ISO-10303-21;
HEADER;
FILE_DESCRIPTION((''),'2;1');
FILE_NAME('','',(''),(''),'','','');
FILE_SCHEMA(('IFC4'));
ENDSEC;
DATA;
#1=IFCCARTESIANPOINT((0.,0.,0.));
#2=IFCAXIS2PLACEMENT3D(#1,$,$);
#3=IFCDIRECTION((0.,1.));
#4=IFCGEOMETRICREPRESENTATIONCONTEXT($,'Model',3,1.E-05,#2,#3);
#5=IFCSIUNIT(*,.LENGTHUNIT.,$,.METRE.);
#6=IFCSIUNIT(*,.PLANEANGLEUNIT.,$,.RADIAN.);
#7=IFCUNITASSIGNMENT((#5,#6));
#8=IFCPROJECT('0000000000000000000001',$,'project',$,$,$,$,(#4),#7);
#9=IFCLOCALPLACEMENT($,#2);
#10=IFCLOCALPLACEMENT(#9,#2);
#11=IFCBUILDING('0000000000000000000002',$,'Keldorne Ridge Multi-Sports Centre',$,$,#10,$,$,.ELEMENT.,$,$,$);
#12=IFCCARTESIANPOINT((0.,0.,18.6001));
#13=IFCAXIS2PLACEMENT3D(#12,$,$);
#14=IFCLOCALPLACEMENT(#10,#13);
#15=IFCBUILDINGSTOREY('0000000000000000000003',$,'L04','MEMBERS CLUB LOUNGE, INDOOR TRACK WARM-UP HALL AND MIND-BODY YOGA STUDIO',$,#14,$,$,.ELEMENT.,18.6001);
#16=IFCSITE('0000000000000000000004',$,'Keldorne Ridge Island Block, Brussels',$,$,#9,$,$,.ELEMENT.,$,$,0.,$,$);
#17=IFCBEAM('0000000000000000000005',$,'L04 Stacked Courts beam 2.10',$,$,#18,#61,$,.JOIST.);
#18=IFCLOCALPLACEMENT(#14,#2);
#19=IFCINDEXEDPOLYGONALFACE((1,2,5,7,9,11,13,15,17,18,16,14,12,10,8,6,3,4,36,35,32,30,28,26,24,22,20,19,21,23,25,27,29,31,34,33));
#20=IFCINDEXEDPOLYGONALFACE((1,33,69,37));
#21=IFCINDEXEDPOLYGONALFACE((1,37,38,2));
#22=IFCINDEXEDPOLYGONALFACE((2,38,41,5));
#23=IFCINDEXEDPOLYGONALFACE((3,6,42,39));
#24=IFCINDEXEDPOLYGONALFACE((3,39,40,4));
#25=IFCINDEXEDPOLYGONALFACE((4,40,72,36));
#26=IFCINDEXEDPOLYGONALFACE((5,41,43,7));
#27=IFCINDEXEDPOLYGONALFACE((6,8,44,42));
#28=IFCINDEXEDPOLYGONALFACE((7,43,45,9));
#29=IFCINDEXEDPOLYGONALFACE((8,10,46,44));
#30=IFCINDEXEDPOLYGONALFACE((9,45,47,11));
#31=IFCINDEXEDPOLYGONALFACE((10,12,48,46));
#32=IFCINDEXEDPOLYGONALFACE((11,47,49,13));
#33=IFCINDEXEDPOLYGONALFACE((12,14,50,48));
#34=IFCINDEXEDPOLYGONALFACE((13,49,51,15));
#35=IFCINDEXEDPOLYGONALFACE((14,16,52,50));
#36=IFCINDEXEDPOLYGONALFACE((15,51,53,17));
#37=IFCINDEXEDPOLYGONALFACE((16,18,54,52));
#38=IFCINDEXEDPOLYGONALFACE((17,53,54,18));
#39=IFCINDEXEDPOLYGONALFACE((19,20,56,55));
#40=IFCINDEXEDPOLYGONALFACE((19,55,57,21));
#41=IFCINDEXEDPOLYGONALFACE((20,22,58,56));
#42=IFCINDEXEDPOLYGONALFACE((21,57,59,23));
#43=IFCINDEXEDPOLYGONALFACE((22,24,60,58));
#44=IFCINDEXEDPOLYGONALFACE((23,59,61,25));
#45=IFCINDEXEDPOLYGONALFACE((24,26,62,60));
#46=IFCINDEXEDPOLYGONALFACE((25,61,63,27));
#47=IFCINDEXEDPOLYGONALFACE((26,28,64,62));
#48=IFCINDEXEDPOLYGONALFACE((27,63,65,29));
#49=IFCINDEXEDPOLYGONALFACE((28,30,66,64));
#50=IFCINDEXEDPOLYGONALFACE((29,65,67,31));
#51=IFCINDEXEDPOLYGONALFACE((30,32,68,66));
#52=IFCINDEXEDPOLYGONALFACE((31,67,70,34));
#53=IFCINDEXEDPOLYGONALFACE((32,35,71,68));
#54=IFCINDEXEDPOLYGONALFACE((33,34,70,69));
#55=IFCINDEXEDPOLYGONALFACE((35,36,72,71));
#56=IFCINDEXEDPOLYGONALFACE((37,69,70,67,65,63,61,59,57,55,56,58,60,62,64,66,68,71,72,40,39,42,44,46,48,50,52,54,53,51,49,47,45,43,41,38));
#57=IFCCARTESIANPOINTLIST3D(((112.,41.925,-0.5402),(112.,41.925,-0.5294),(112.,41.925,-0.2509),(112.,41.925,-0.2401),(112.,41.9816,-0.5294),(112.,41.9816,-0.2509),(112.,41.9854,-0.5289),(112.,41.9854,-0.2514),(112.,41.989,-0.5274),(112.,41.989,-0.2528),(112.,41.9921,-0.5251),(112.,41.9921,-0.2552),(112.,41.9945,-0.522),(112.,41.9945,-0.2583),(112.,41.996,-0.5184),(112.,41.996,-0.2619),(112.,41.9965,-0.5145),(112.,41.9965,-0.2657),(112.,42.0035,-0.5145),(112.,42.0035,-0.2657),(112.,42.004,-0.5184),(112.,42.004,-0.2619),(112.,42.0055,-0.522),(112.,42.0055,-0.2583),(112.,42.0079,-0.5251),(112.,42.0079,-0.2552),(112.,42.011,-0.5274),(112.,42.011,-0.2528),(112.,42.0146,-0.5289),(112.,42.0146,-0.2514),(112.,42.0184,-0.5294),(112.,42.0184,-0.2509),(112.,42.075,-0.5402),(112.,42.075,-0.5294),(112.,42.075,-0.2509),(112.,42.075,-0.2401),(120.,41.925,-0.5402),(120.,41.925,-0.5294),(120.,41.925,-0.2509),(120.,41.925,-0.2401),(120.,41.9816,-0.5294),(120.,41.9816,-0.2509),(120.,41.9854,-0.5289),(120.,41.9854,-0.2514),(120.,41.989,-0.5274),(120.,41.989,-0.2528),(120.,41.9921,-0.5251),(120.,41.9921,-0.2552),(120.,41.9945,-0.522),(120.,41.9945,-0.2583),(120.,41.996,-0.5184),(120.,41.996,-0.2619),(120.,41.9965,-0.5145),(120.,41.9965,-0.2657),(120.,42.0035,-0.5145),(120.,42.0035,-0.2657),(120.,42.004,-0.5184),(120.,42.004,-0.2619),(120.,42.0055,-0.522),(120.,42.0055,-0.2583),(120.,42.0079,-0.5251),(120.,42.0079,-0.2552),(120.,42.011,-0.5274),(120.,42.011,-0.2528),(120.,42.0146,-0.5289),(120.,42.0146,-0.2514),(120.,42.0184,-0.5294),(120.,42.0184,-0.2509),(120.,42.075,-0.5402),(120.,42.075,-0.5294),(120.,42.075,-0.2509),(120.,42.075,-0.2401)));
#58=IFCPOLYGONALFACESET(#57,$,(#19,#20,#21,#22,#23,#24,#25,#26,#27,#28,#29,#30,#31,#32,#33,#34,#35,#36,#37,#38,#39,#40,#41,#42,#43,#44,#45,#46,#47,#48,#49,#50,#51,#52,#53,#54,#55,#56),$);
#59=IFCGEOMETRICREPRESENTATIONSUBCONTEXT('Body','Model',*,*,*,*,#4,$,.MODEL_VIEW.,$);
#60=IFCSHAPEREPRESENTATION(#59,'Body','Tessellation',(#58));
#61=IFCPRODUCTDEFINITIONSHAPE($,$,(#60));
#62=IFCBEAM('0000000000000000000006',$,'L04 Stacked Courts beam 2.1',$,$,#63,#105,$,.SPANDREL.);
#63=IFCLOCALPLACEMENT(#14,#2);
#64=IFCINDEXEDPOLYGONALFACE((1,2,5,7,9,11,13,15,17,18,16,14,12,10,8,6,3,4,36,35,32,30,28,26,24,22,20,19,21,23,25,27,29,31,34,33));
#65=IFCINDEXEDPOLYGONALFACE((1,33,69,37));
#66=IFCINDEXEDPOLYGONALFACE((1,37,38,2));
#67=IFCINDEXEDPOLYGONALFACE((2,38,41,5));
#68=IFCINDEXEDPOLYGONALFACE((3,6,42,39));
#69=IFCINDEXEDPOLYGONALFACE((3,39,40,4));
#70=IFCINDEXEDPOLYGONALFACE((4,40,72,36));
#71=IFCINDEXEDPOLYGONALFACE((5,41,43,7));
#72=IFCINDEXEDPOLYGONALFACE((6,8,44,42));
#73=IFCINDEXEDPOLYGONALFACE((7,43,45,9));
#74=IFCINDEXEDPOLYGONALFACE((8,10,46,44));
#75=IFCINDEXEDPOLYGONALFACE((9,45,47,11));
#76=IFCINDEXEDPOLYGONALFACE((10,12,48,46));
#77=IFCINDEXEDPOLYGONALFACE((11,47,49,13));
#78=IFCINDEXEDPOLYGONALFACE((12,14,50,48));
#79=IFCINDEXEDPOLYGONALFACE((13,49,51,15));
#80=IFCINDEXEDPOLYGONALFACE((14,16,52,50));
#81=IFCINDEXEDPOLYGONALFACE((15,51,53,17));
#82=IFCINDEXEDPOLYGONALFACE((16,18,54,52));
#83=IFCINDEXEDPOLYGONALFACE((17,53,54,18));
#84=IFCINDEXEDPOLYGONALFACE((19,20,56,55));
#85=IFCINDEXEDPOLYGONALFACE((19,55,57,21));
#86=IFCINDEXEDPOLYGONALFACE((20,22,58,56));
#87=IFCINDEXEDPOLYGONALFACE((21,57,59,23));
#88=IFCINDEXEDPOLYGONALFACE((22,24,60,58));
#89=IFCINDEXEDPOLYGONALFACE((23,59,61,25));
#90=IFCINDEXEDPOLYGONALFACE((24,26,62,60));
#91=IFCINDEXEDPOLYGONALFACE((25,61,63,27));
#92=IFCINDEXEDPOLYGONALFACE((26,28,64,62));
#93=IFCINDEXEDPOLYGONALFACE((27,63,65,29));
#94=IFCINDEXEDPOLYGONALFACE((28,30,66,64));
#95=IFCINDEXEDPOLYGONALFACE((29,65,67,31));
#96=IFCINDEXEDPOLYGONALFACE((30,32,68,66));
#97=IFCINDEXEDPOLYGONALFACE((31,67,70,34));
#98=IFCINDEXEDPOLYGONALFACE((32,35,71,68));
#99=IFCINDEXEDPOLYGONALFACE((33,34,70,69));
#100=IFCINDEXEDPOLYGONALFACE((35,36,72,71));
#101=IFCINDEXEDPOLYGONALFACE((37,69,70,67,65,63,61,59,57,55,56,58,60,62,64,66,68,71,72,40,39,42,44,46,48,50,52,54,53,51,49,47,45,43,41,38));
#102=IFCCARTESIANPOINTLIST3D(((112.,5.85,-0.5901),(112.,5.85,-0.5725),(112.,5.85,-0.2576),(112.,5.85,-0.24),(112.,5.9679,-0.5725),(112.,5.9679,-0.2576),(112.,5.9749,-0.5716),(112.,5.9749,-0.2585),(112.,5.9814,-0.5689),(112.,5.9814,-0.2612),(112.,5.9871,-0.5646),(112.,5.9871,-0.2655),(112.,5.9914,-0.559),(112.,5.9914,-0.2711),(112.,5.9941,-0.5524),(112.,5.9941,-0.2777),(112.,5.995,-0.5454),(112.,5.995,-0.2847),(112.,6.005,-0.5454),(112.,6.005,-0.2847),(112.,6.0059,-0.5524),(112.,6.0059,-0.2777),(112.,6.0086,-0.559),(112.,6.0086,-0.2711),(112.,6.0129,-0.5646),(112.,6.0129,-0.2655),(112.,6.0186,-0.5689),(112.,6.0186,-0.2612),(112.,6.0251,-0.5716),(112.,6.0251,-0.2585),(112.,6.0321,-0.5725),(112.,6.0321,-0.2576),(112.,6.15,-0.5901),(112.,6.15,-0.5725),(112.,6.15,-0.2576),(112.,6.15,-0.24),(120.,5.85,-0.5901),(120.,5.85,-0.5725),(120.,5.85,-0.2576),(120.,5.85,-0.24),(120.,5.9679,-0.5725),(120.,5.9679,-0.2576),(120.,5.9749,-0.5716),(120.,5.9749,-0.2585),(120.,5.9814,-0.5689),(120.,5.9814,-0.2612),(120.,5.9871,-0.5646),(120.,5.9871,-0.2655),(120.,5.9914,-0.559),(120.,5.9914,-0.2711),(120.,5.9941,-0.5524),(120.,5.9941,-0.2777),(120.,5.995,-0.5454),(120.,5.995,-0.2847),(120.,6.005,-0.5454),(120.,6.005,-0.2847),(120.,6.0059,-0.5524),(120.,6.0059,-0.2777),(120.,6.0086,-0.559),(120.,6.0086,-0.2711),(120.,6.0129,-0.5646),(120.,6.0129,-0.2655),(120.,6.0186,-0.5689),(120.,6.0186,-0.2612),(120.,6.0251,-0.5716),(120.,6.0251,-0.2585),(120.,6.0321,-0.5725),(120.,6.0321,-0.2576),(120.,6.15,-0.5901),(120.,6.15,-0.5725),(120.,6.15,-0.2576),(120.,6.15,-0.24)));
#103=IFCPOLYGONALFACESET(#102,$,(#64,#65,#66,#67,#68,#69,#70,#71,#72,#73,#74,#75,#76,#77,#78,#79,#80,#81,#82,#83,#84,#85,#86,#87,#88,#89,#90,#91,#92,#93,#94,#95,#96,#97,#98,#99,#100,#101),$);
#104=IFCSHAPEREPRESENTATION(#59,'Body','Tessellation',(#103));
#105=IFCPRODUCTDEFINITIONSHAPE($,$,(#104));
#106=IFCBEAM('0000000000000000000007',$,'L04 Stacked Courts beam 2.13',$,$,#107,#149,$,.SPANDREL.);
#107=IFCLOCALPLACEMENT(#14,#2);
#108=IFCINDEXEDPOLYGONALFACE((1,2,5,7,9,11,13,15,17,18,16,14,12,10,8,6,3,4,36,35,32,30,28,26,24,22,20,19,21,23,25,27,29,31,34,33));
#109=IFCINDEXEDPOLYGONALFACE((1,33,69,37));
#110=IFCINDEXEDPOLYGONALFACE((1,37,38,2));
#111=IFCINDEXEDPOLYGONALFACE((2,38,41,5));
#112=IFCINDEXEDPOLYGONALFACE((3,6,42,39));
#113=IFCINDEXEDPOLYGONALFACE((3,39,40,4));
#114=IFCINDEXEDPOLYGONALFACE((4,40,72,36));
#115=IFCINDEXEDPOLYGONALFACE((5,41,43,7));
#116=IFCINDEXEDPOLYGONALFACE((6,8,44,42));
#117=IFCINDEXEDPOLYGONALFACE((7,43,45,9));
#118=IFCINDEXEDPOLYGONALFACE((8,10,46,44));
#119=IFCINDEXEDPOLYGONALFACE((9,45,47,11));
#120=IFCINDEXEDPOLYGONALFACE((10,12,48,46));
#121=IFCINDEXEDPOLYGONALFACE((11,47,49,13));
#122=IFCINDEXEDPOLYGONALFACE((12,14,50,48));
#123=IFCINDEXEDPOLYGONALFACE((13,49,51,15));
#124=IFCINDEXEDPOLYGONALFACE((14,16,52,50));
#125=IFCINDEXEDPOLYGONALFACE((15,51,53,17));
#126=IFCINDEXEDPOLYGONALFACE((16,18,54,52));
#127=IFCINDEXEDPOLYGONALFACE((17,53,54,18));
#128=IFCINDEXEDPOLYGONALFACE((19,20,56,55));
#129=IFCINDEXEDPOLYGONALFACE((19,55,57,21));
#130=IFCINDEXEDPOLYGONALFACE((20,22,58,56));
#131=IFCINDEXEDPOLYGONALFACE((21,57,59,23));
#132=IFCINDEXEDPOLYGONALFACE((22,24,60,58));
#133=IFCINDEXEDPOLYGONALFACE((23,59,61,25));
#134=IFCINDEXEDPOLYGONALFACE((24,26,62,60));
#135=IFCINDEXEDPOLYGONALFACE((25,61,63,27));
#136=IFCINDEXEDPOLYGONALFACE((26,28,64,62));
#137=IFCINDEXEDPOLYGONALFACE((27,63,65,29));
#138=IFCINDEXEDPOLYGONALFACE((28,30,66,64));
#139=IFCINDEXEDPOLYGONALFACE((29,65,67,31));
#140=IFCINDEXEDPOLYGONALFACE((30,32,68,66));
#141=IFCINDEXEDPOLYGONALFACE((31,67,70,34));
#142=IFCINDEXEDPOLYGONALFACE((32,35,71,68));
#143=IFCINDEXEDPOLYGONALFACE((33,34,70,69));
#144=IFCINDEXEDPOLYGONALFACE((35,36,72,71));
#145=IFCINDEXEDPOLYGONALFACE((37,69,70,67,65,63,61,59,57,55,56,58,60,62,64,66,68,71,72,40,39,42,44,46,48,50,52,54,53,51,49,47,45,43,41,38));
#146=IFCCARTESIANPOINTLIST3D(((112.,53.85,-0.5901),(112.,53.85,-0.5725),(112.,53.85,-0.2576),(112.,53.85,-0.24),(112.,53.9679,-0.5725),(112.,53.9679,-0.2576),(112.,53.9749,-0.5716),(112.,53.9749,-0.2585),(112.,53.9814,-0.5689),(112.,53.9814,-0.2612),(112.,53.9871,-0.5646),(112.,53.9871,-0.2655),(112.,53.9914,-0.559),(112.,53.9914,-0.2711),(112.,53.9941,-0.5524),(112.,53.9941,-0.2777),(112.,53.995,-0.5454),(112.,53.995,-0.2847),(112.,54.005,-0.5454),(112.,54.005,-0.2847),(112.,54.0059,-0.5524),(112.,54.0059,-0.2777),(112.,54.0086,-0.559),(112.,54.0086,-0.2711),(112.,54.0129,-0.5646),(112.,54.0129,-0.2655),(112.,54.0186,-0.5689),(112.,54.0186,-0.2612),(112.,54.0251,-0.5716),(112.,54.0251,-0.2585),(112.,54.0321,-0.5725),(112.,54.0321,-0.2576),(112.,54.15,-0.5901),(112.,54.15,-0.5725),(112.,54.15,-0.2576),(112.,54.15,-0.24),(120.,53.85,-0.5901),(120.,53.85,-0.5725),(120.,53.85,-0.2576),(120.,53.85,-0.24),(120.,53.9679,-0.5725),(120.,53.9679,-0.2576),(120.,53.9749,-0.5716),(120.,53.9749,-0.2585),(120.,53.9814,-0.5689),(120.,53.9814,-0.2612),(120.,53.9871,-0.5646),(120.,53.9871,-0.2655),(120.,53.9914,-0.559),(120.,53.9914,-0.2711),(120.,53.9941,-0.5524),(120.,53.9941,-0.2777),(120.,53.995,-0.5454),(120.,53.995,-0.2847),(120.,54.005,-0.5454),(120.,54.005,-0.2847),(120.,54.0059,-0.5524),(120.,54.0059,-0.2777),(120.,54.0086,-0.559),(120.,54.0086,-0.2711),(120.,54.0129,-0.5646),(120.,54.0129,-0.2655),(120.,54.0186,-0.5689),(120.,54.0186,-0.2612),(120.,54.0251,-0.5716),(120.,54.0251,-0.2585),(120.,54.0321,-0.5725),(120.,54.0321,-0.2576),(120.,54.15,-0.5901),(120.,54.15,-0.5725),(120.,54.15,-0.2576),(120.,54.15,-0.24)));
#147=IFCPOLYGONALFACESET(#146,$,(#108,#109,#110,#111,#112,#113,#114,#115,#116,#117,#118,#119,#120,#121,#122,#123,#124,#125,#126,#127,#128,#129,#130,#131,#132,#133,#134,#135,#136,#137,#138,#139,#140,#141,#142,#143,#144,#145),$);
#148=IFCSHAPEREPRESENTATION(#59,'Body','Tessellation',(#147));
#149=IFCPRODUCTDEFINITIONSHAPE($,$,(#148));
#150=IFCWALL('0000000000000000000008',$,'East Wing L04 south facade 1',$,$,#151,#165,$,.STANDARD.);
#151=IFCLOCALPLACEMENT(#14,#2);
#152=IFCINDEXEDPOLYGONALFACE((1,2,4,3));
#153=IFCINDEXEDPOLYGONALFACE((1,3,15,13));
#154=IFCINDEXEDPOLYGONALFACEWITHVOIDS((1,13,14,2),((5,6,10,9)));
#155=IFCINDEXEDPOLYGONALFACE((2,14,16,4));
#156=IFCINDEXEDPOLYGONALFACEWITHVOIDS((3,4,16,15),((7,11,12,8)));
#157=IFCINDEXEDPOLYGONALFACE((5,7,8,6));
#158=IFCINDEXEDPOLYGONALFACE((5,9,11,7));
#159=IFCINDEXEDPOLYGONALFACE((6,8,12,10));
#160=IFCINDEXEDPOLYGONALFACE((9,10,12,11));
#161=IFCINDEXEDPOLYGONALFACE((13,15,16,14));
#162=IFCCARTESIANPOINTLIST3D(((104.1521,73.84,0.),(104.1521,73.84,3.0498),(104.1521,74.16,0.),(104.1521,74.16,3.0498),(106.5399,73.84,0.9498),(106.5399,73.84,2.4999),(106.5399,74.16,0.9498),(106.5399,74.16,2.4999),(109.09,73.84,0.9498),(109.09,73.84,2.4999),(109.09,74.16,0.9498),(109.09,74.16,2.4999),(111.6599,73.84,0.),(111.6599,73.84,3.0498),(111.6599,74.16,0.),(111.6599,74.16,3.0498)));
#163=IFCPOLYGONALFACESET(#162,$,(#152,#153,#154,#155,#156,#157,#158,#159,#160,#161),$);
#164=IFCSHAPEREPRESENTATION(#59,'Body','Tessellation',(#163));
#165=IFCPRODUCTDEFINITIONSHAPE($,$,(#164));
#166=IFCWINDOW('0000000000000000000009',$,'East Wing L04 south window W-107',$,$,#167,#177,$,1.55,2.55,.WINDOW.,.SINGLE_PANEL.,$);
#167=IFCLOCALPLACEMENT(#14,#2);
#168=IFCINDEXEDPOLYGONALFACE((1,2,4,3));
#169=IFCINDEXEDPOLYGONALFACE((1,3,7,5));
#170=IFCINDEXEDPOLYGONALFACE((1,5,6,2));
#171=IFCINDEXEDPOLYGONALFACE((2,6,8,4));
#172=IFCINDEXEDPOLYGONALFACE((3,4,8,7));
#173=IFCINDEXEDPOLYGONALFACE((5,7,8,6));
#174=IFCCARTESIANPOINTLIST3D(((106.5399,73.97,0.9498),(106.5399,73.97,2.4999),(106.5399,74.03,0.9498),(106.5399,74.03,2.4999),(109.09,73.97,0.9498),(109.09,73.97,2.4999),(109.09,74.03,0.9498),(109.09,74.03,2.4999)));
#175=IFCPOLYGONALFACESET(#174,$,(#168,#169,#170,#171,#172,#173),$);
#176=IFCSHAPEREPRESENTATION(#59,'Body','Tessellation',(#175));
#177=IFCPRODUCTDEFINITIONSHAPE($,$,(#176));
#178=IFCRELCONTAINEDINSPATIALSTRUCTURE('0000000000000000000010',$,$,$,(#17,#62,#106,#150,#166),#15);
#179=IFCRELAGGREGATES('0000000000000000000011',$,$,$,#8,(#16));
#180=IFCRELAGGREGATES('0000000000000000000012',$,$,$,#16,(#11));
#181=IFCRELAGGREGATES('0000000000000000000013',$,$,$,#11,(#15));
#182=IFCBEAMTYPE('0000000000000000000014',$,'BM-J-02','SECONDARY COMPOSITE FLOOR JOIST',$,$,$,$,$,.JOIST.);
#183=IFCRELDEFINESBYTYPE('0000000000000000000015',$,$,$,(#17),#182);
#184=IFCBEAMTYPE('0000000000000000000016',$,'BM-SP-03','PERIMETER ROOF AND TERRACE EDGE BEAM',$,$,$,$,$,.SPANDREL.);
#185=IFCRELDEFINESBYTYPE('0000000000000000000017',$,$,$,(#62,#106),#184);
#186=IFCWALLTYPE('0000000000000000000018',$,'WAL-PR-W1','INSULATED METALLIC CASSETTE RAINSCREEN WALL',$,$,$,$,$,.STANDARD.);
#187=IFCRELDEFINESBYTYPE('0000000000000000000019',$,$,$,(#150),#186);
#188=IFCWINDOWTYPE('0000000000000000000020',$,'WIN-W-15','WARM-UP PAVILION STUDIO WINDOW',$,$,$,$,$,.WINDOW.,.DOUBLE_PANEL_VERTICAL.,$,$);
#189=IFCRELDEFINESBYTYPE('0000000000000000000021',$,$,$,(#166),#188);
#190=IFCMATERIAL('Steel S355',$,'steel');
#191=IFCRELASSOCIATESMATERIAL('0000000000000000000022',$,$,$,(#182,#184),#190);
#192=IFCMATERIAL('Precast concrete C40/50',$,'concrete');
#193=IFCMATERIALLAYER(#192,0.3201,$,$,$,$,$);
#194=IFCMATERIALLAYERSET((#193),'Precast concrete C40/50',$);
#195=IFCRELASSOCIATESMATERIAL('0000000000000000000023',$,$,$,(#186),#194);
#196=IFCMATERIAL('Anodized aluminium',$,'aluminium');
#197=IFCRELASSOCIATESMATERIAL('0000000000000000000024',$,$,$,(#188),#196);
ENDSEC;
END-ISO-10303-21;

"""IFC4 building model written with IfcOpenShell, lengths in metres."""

from ifc_helpers import new_model, si_unit, direction, frame, frame_2d, origin, origin_2d, place, context, subcontext, project, spatial, rectangle, i_section, extrude, material, layer, layer_set, material_profile, profile_set, type_object, element, fill, save


model = new_model("IFC4")

# Units and contexts
model_context = context("Model", 3, precision=1e-05, world=origin(), true_north=direction((0.0, 1.0)))
body_context = subcontext(model_context, "Body", "Model", "MODEL_VIEW")
ifc_project = project(units=[si_unit("LENGTHUNIT", "METRE"), si_unit("PLANEANGLEUNIT", "RADIAN")], contexts=[model_context])

# Site, building, storey
site_placement = place(None, origin())
site = spatial("IfcSite", under=ifc_project, at=site_placement, Name="Keldorne Ridge Island Block, Brussels", CompositionType="ELEMENT", RefElevation=0.0)
building_placement = place(site_placement, origin())
building = spatial("IfcBuilding", under=site, at=building_placement, Name="Keldorne Ridge Multi-Sports Centre", CompositionType="ELEMENT")
storey_placement = place(building_placement, frame((0.0, 0.0, 18.6001)))
storey = spatial("IfcBuildingStorey", under=building, at=storey_placement, Name="L04", Description="MEMBERS CLUB LOUNGE, INDOOR TRACK WARM-UP HALL AND MIND-BODY YOGA STUDIO", CompositionType="ELEMENT", Elevation=18.6001)

# Beams
ifc_material_1 = material(Name="Steel S355", Category="steel")
ifc_material_profile_1 = material_profile(ifc_material_1, i_section(OverallWidth=0.1499, OverallDepth=0.3, WebThickness=0.0071, FlangeThickness=0.0107, FilletRadius=0.0149, at=origin_2d()), Name="IPE 300")
ifc_profile_set_1 = profile_set([ifc_material_profile_1], Name="Steel S355")
beam_type_1 = type_object("IfcBeamType", Name="BM-J-02", Description="SECONDARY COMPOSITE FLOOR JOIST", PredefinedType="JOIST", material=ifc_profile_set_1)
for number, where, z_axis, x_axis, name in (
    (1, (112.0, 42.0, -0.3901), (1.0, 0.0, 0.0), (0.0, 1.0, 0.0), "L04 Stacked Courts beam 2.10"),
):
    element("IfcBeam", number, at=place(storey_placement, frame(where, z_axis=z_axis, x_axis=x_axis)), inside=storey, type_object=beam_type_1, Name=name, PredefinedType="JOIST", context=body_context, shape_type="SweptSolid", body=[
        extrude(i_section(OverallWidth=0.1499, OverallDepth=0.3, WebThickness=0.0071, FlangeThickness=0.0107, FilletRadius=0.0149, at=origin_2d()), origin(), (0.0, 0.0, 1.0), 8.0),
    ])
ifc_material_profile_2 = material_profile(ifc_material_1, i_section(OverallWidth=0.3, OverallDepth=0.3501, WebThickness=0.01, FlangeThickness=0.0176, FilletRadius=0.0271, at=origin_2d()), Name="HEA 360")
ifc_profile_set_2 = profile_set([ifc_material_profile_2], Name="Steel S355")
beam_type_2 = type_object("IfcBeamType", Name="BM-SP-03", Description="PERIMETER ROOF AND TERRACE EDGE BEAM", PredefinedType="SPANDREL", material=ifc_profile_set_2)
for number, where, z_axis, x_axis, name in (
    (2, (112.0, 6.0, -0.415), (1.0, 0.0, 0.0), (0.0, 1.0, 0.0), "L04 Stacked Courts beam 2.1"),
    (3, (112.0, 54.0, -0.415), (1.0, 0.0, 0.0), (0.0, 1.0, 0.0), "L04 Stacked Courts beam 2.13"),
):
    element("IfcBeam", number, at=place(storey_placement, frame(where, z_axis=z_axis, x_axis=x_axis)), inside=storey, type_object=beam_type_2, Name=name, PredefinedType="SPANDREL", context=body_context, shape_type="SweptSolid", body=[
        extrude(i_section(OverallWidth=0.3, OverallDepth=0.3501, WebThickness=0.01, FlangeThickness=0.0176, FilletRadius=0.0271, at=origin_2d()), origin(), (0.0, 0.0, 1.0), 8.0),
    ])

# Wall, opening, window
ifc_material_2 = material(Name="Precast concrete C40/50", Category="concrete")
ifc_layer_1 = layer(ifc_material_2, 0.3201)
ifc_layer_set_1 = layer_set([ifc_layer_1], Name="Precast concrete C40/50")
wall_type_1 = type_object("IfcWallType", Name="WAL-PR-W1", Description="INSULATED METALLIC CASSETTE RAINSCREEN WALL", PredefinedType="STANDARD", material=ifc_layer_set_1)
wall_1_placement = place(storey_placement, frame((104.1521, 74.0, 0.0), z_axis=(0.0, 0.0, 1.0), x_axis=(1.0, 0.0, 0.0)))
wall_1 = element("IfcWall", 4, at=wall_1_placement, inside=storey, type_object=wall_type_1, Name="East Wing L04 south facade 1", PredefinedType="STANDARD", context=body_context, shape_type="SweptSolid", body=[
    extrude(rectangle(XDim=7.5078, YDim=0.3201, at=frame_2d((3.7539, 0.0))), origin(), (0.0, 0.0, 1.0), 3.0498),
])
opening_1_placement = place(wall_1_placement, frame((2.3879, 0.0, 0.95)))
opening_1 = element("IfcOpeningElement", 5, at=opening_1_placement, cuts=wall_1, PredefinedType="OPENING", context=body_context, shape_type="SweptSolid", body=[
    extrude(rectangle(XDim=2.55, YDim=1.55, at=frame_2d((1.2749, 0.7749))), frame((0.0, 0.1699, 0.0), z_axis=(0.0, -1.0, 0.0), x_axis=(1.0, 0.0, 0.0)), (0.0, 0.0, 1.0), 0.3401),
])
ifc_material_3 = material(Name="Anodized aluminium", Category="aluminium")
window_type = type_object("IfcWindowType", Name="WIN-W-15", Description="WARM-UP PAVILION STUDIO WINDOW", PartitioningType="DOUBLE_PANEL_VERTICAL", PredefinedType="WINDOW", material=ifc_material_3)
window_placement = place(opening_1_placement, origin())
window = element("IfcWindow", 6, at=window_placement, inside=storey, type_object=window_type, Name="East Wing L04 south window W-107", OverallHeight=1.55, OverallWidth=2.55, PartitioningType="SINGLE_PANEL", PredefinedType="WINDOW", context=body_context, shape_type="SweptSolid", body=[
    extrude(rectangle(XDim=2.55, YDim=1.55, at=frame_2d((1.2749, 0.7749))), frame((0.0, 0.03, 0.0), z_axis=(0.0, -1.0, 0.0), x_axis=(1.0, 0.0, 0.0)), (0.0, 0.0, 1.0), 0.0601),
])
fill(opening_1, window)

save(model, "model.ifc")
